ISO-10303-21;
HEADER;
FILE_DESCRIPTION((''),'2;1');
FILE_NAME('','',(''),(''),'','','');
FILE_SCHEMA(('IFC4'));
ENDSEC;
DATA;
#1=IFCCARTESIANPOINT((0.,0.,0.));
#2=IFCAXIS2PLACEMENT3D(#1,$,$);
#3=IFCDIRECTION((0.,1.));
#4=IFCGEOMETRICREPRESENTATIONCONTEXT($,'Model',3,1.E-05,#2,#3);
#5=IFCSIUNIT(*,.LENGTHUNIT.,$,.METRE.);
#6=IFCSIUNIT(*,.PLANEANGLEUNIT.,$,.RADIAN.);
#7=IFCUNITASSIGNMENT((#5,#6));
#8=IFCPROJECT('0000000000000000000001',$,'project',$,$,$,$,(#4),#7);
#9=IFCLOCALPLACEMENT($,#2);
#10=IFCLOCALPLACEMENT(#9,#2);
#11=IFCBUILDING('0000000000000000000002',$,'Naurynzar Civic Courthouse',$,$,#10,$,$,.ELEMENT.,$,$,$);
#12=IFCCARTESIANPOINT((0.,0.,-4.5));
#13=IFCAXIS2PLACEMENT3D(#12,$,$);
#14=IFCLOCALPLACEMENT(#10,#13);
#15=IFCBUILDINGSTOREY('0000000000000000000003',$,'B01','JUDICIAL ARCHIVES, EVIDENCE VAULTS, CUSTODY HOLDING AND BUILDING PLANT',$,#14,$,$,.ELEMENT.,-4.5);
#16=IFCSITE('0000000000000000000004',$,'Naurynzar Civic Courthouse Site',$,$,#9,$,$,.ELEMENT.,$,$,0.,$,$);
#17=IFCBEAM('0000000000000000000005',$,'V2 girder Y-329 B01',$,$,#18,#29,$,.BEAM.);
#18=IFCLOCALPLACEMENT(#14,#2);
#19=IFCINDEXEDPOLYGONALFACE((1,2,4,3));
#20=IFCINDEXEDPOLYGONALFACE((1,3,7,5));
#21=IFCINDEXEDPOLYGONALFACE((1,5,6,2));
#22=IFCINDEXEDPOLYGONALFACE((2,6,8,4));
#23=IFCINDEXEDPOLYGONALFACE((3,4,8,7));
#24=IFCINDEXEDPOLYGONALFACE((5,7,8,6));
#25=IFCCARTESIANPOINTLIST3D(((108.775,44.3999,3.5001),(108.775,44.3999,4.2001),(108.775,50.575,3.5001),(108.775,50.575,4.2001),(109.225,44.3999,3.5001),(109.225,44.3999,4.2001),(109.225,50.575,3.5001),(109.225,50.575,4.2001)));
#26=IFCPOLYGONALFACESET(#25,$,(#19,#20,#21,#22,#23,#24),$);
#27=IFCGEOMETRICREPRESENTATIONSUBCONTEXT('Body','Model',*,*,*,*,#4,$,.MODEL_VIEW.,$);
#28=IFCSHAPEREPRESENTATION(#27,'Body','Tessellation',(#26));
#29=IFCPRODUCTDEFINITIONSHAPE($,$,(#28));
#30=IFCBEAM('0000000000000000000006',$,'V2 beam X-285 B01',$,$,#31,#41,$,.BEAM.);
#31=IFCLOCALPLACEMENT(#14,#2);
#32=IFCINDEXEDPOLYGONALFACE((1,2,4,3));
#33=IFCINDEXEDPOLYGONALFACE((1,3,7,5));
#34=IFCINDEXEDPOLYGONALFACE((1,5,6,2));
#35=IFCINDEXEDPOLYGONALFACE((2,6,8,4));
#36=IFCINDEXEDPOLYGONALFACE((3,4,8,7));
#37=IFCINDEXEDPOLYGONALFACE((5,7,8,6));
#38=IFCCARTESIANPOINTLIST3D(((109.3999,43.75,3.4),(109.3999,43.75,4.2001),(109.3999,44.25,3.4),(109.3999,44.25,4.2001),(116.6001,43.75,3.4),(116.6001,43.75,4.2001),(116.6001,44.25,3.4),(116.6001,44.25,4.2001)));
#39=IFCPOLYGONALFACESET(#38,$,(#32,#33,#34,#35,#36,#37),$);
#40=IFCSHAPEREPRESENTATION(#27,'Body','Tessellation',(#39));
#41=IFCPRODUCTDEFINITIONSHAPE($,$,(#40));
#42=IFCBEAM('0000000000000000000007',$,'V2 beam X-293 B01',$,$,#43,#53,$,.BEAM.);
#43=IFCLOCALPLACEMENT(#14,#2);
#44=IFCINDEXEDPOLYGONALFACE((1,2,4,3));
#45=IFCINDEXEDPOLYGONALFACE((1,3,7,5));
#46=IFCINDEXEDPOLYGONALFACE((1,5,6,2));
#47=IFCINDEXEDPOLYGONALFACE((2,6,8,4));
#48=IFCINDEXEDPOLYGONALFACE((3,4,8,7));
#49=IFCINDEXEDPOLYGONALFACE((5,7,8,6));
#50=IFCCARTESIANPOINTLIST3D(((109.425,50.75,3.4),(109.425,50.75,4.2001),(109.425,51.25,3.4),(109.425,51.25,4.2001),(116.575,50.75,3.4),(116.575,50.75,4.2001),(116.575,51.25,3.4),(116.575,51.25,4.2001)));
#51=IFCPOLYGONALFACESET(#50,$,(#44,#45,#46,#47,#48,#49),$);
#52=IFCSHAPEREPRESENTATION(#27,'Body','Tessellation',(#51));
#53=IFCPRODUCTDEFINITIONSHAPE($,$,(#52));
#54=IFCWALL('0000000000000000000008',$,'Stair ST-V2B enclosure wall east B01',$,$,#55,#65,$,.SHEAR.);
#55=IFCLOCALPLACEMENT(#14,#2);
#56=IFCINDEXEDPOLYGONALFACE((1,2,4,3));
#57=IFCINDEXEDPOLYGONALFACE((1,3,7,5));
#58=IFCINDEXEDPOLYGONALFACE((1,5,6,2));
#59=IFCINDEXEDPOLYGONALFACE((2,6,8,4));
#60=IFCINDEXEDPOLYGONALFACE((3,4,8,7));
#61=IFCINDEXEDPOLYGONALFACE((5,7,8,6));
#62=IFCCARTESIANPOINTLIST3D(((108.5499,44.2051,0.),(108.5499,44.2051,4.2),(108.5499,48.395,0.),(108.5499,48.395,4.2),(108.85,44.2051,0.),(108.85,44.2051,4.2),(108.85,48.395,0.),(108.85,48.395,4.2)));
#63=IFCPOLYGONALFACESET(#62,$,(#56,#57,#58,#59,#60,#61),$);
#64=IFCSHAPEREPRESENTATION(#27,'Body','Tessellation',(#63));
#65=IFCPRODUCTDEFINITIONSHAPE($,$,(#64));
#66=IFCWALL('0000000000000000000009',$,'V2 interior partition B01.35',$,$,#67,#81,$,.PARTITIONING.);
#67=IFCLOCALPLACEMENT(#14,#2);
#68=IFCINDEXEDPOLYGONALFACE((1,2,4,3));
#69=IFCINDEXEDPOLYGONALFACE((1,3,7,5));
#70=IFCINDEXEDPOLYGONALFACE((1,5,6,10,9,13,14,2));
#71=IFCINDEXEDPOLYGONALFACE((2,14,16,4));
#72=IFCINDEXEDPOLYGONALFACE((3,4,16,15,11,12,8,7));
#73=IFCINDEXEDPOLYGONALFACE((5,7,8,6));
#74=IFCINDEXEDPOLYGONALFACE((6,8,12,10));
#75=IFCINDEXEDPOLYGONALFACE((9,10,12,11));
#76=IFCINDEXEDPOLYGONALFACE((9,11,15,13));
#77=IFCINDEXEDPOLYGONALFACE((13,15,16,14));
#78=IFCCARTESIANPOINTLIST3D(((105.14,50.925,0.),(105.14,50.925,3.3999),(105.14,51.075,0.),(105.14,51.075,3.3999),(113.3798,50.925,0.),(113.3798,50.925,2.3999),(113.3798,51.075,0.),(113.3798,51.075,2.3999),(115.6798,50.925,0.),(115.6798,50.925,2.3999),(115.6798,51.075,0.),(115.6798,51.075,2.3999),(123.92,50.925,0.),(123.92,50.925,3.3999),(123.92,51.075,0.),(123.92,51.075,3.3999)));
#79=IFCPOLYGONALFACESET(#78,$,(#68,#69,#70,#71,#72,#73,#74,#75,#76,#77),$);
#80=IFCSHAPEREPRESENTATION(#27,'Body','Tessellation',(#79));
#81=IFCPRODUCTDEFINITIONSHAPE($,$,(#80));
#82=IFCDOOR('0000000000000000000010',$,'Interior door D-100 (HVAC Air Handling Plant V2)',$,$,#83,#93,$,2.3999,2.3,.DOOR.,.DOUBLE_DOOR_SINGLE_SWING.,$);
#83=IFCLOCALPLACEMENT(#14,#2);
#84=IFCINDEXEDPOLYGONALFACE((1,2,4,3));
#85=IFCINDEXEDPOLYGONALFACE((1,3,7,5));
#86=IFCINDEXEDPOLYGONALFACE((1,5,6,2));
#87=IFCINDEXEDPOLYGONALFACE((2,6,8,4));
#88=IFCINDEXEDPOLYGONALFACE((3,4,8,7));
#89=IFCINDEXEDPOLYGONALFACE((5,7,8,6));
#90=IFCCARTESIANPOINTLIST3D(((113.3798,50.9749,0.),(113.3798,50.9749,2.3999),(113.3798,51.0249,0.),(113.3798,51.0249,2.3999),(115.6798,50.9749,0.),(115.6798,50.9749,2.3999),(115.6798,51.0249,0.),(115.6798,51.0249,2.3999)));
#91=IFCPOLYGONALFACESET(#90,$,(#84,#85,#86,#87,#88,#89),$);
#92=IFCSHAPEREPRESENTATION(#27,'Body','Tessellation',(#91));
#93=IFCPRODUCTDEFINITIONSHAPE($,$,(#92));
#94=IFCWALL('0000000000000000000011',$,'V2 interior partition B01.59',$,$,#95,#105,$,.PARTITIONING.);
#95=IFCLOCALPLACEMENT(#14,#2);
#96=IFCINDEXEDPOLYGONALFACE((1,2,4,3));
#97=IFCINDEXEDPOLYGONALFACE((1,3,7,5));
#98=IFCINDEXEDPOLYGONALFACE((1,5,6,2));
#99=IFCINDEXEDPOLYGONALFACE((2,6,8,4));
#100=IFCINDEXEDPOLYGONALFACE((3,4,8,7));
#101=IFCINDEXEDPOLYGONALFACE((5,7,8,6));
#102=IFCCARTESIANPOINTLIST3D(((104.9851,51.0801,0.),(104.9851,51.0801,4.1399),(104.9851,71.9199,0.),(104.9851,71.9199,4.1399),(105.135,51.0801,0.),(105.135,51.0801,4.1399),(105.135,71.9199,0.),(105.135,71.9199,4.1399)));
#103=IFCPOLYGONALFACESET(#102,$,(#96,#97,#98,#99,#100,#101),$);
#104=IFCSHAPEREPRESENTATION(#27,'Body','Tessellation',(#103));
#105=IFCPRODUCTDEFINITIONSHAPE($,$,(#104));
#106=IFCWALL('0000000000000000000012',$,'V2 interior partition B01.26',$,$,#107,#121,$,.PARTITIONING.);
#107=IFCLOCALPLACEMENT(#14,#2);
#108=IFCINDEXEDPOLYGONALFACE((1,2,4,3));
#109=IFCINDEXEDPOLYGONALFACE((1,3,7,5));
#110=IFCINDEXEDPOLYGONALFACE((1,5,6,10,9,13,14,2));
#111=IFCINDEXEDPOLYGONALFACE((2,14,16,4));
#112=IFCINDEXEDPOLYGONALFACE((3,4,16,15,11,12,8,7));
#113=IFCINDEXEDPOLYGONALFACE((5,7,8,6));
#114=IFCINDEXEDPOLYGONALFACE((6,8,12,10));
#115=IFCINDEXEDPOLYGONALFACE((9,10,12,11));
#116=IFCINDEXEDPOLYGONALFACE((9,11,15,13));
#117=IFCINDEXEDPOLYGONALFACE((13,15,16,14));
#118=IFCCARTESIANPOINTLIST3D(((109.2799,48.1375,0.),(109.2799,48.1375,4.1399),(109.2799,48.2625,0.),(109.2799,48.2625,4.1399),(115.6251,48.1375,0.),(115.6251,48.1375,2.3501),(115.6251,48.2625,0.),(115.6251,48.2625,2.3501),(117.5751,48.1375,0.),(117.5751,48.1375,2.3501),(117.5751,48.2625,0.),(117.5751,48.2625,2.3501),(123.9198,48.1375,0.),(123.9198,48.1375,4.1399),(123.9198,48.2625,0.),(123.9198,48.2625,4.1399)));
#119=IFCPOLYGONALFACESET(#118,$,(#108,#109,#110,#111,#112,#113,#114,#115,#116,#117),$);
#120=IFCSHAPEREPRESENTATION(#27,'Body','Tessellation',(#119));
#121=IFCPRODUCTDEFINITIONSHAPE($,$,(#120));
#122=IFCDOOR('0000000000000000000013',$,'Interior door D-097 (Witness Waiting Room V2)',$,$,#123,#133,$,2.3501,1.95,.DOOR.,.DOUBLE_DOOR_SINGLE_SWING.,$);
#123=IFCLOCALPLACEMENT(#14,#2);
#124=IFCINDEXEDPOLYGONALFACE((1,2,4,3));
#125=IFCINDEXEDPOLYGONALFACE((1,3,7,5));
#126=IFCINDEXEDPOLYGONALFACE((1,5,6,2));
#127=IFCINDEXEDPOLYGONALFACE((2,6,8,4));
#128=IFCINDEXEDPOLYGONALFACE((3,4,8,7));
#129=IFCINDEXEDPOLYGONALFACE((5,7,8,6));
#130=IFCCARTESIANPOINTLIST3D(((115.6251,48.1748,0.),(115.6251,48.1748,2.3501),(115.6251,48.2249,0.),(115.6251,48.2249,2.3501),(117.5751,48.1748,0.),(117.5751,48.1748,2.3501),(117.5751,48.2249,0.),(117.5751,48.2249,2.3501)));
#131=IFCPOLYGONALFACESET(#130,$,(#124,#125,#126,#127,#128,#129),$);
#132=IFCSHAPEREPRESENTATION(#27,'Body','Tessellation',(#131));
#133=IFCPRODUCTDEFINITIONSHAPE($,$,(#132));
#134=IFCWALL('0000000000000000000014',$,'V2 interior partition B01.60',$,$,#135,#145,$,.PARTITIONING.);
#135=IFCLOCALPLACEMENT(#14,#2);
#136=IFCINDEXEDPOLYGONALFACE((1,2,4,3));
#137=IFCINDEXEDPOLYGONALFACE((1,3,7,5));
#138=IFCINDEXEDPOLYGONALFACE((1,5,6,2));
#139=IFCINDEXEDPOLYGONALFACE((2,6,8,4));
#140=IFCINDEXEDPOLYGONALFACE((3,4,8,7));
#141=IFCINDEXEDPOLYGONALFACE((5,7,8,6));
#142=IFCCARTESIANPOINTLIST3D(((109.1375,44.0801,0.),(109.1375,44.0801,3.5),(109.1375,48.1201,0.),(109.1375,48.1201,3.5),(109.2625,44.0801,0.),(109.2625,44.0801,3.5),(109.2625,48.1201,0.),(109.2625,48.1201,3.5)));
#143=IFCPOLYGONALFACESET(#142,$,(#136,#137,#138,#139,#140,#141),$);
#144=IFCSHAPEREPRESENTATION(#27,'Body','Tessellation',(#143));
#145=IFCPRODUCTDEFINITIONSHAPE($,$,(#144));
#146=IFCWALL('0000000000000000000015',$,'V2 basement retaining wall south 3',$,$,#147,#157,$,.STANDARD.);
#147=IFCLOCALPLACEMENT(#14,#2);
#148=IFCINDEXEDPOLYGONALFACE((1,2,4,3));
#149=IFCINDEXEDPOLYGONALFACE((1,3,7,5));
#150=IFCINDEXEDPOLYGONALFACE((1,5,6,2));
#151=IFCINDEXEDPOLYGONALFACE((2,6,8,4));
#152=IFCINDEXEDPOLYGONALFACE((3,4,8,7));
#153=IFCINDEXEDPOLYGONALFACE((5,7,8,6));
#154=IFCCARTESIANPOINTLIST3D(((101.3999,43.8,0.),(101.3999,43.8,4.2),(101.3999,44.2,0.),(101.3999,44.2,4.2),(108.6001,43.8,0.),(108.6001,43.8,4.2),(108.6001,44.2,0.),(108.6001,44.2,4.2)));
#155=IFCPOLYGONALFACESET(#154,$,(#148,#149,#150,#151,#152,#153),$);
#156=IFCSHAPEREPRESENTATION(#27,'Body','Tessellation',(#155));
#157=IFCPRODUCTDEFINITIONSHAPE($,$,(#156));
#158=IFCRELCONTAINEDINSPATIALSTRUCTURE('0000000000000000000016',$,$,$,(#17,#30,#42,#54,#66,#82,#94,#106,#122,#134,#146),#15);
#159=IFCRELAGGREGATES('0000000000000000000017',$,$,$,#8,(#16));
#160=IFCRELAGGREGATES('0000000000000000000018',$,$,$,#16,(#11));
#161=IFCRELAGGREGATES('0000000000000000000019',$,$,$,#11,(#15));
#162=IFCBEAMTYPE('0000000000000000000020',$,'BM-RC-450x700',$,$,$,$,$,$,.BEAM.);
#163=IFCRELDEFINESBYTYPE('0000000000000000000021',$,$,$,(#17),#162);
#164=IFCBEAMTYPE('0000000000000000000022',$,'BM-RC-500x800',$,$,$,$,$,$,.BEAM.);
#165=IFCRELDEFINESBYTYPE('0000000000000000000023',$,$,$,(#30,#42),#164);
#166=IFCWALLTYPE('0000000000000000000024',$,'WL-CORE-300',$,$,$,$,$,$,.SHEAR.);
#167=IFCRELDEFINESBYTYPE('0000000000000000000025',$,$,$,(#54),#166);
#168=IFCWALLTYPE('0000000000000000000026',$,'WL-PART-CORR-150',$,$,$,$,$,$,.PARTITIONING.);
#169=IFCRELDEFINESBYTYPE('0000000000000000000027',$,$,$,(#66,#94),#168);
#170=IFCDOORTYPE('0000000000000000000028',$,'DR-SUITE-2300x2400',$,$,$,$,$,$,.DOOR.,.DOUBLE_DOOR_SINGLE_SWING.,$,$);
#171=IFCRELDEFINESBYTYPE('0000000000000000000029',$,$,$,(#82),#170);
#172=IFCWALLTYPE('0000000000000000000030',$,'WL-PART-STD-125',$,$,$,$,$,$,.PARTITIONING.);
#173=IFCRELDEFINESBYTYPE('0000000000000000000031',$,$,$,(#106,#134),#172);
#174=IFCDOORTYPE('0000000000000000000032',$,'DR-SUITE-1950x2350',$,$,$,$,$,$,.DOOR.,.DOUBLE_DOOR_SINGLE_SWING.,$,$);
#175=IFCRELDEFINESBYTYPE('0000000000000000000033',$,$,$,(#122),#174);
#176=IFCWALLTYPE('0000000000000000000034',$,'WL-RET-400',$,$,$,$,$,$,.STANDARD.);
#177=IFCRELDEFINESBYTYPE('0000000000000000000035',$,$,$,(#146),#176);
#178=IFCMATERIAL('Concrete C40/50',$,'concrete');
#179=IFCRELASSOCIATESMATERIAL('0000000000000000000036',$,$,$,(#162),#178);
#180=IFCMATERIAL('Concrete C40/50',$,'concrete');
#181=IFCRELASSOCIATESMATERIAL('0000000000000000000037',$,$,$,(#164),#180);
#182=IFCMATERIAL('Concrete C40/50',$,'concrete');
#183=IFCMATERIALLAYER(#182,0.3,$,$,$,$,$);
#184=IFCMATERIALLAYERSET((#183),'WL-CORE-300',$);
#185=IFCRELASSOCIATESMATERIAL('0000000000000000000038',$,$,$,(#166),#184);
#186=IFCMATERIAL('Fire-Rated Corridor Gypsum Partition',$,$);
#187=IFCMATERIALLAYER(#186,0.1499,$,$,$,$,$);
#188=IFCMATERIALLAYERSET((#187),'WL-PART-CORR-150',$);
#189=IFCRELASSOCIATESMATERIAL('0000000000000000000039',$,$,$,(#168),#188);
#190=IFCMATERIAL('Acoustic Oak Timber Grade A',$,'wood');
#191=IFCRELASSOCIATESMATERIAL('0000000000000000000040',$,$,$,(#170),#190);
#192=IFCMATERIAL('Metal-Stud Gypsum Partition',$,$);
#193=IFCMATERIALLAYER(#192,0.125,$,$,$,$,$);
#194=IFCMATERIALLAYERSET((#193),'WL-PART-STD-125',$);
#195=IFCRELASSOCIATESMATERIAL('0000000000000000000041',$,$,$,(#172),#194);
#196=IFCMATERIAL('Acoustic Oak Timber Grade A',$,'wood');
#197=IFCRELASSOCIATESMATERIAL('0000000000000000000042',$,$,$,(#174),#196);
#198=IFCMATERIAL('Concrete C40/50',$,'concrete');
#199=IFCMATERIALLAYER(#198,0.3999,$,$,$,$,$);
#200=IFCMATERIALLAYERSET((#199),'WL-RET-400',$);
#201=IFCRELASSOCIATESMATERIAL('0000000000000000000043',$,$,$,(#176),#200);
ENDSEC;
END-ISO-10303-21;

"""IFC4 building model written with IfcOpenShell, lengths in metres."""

from ifc_helpers import new_model, si_unit, direction, frame, frame_2d, origin, origin_2d, place, context, subcontext, project, spatial, rectangle, extrude, material, layer, layer_set, material_profile, profile_set, type_object, element, fill, save


model = new_model("IFC4")

# Units and contexts
model_context = context("Model", 3, precision=1e-05, world=origin(), true_north=direction((0.0, 1.0)))
body_context = subcontext(model_context, "Body", "Model", "MODEL_VIEW")
ifc_project = project(units=[si_unit("LENGTHUNIT", "METRE"), si_unit("PLANEANGLEUNIT", "RADIAN")], contexts=[model_context])

# Site, building, storey
site_placement = place(None, origin())
site = spatial("IfcSite", under=ifc_project, at=site_placement, Name="Naurynzar Civic Courthouse Site", CompositionType="ELEMENT", RefElevation=0.0)
building_placement = place(site_placement, origin())
building = spatial("IfcBuilding", under=site, at=building_placement, Name="Naurynzar Civic Courthouse", CompositionType="ELEMENT")
storey_placement = place(building_placement, frame((0.0, 0.0, -4.5)))
storey = spatial("IfcBuildingStorey", under=building, at=storey_placement, Name="B01", Description="JUDICIAL ARCHIVES, EVIDENCE VAULTS, CUSTODY HOLDING AND BUILDING PLANT", CompositionType="ELEMENT", Elevation=-4.5)

# Beams
ifc_material_1 = material(Name="Concrete C40/50", Category="concrete")
ifc_material_profile_1 = material_profile(ifc_material_1, rectangle(XDim=0.45, YDim=0.7, at=origin_2d()), Name="RCB 450x700")
ifc_profile_set_1 = profile_set([ifc_material_profile_1], Name="Concrete C40/50")
beam_type_1 = type_object("IfcBeamType", Name="BM-RC-450x700", PredefinedType="BEAM", material=ifc_profile_set_1)
beam_1_placement = place(storey_placement, frame((109.0, 44.3999, 3.8501), z_axis=(0.0, 1.0, 0.0), x_axis=(-1.0, 0.0, 0.0)))
element("IfcBeam", 1, at=beam_1_placement, inside=storey, type_object=beam_type_1, Name="V2 girder Y-329 B01", PredefinedType="BEAM", context=body_context, shape_type="SweptSolid", body=[
    extrude(rectangle(XDim=0.45, YDim=0.7, at=origin_2d()), origin(), (0.0, 0.0, 1.0), 6.175),
])
ifc_material_2 = material(Name="Concrete C40/50", Category="concrete")
ifc_material_profile_2 = material_profile(ifc_material_2, rectangle(XDim=0.5, YDim=0.8, at=origin_2d()), Name="RCB 500x800")
ifc_profile_set_2 = profile_set([ifc_material_profile_2], Name="Concrete C40/50")
beam_type_2 = type_object("IfcBeamType", Name="BM-RC-500x800", PredefinedType="BEAM", material=ifc_profile_set_2)
beam_2_placement = place(storey_placement, frame((109.3999, 44.0, 3.8), z_axis=(1.0, 0.0, 0.0), x_axis=(0.0, 1.0, 0.0)))
element("IfcBeam", 2, at=beam_2_placement, inside=storey, type_object=beam_type_2, Name="V2 beam X-285 B01", PredefinedType="BEAM", context=body_context, shape_type="SweptSolid", body=[
    extrude(rectangle(XDim=0.5, YDim=0.8, at=origin_2d()), origin(), (0.0, 0.0, 1.0), 7.2002),
])
beam_3_placement = place(storey_placement, frame((109.425, 51.0, 3.8), z_axis=(1.0, 0.0, 0.0), x_axis=(0.0, 1.0, 0.0)))
element("IfcBeam", 3, at=beam_3_placement, inside=storey, type_object=beam_type_2, Name="V2 beam X-293 B01", PredefinedType="BEAM", context=body_context, shape_type="SweptSolid", body=[
    extrude(rectangle(XDim=0.5, YDim=0.8, at=origin_2d()), origin(), (0.0, 0.0, 1.0), 7.1499),
])

# Shared definitions
ifc_material_3 = material(Name="Concrete C40/50", Category="concrete")
ifc_layer_1 = layer(ifc_material_3, 0.3)
ifc_layer_set_1 = layer_set([ifc_layer_1], Name="WL-CORE-300")
wall_type_1 = type_object("IfcWallType", Name="WL-CORE-300", PredefinedType="SHEAR", material=ifc_layer_set_1)

# Wall
wall_1_placement = place(storey_placement, frame((108.7, 44.2051, 0.0), z_axis=(0.0, 0.0, 1.0), x_axis=(0.0, 1.0, 0.0)))
element("IfcWall", 4, at=wall_1_placement, inside=storey, type_object=wall_type_1, Name="Stair ST-V2B enclosure wall east B01", PredefinedType="SHEAR", context=body_context, shape_type="SweptSolid", body=[
    extrude(rectangle(XDim=4.1899, YDim=0.3, at=frame_2d((2.095, 0.0))), origin(), (0.0, 0.0, 1.0), 4.2),
])

# Wall, opening, door
ifc_material_4 = material(Name="Fire-Rated Corridor Gypsum Partition")
ifc_layer_2 = layer(ifc_material_4, 0.1499)
ifc_layer_set_2 = layer_set([ifc_layer_2], Name="WL-PART-CORR-150")
wall_type_2 = type_object("IfcWallType", Name="WL-PART-CORR-150", PredefinedType="PARTITIONING", material=ifc_layer_set_2)
wall_2_placement = place(storey_placement, frame((105.1399, 51.0, 0.0), z_axis=(0.0, 0.0, 1.0), x_axis=(1.0, 0.0, 0.0)))
wall_2 = element("IfcWall", 5, at=wall_2_placement, inside=storey, type_object=wall_type_2, Name="V2 interior partition B01.35", PredefinedType="PARTITIONING", context=body_context, shape_type="SweptSolid", body=[
    extrude(rectangle(XDim=18.78, YDim=0.1499, at=frame_2d((9.3901, 0.0))), origin(), (0.0, 0.0, 1.0), 3.3999),
])
opening_1_placement = place(wall_2_placement, frame((8.24, 0.0, 0.0)))
opening_1 = element("IfcOpeningElement", 6, at=opening_1_placement, cuts=wall_2, PredefinedType="OPENING", context=body_context, shape_type="SweptSolid", body=[
    extrude(rectangle(XDim=2.3, YDim=2.3999, at=frame_2d((1.1499, 1.2))), frame((0.0, 0.085, 0.0), z_axis=(0.0, -1.0, 0.0), x_axis=(1.0, 0.0, 0.0)), (0.0, 0.0, 1.0), 0.1699),
])
ifc_material_5 = material(Name="Acoustic Oak Timber Grade A", Category="wood")
door_type_1 = type_object("IfcDoorType", Name="DR-SUITE-2300x2400", OperationType="DOUBLE_DOOR_SINGLE_SWING", PredefinedType="DOOR", material=ifc_material_5)
door_1_placement = place(opening_1_placement, origin())
door_1 = element("IfcDoor", 7, at=door_1_placement, inside=storey, type_object=door_type_1, Name="Interior door D-100 (HVAC Air Handling Plant V2)", OperationType="DOUBLE_DOOR_SINGLE_SWING", OverallHeight=2.3999, OverallWidth=2.3, PredefinedType="DOOR", context=body_context, shape_type="SweptSolid", body=[
    extrude(rectangle(XDim=2.3, YDim=2.3999, at=frame_2d((1.1499, 1.2))), frame((0.0, 0.0249, 0.0), z_axis=(0.0, -1.0, 0.0), x_axis=(1.0, 0.0, 0.0)), (0.0, 0.0, 1.0), 0.05),
])
fill(opening_1, door_1)

# Wall
wall_3_placement = place(storey_placement, frame((105.0601, 51.0801, 0.0), z_axis=(0.0, 0.0, 1.0), x_axis=(0.0, 1.0, 0.0)))
element("IfcWall", 8, at=wall_3_placement, inside=storey, type_object=wall_type_2, Name="V2 interior partition B01.59", PredefinedType="PARTITIONING", context=body_context, shape_type="SweptSolid", body=[
    extrude(rectangle(XDim=20.8398, YDim=0.1499, at=frame_2d((10.4199, 0.0))), origin(), (0.0, 0.0, 1.0), 4.1399),
])

# Wall, opening, door
ifc_material_6 = material(Name="Metal-Stud Gypsum Partition")
ifc_layer_3 = layer(ifc_material_6, 0.125)
ifc_layer_set_3 = layer_set([ifc_layer_3], Name="WL-PART-STD-125")
wall_type_3 = type_object("IfcWallType", Name="WL-PART-STD-125", PredefinedType="PARTITIONING", material=ifc_layer_set_3)
wall_4_placement = place(storey_placement, frame((109.28, 48.2, 0.0), z_axis=(0.0, 0.0, 1.0), x_axis=(1.0, 0.0, 0.0)))
wall_4 = element("IfcWall", 9, at=wall_4_placement, inside=storey, type_object=wall_type_3, Name="V2 interior partition B01.26", PredefinedType="PARTITIONING", context=body_context, shape_type="SweptSolid", body=[
    extrude(rectangle(XDim=14.6399, YDim=0.125, at=frame_2d((7.3198, 0.0))), origin(), (0.0, 0.0, 1.0), 4.1399),
])
opening_2_placement = place(wall_4_placement, frame((6.345, 0.0, 0.0)))
opening_2 = element("IfcOpeningElement", 10, at=opening_2_placement, cuts=wall_4, PredefinedType="OPENING", context=body_context, shape_type="SweptSolid", body=[
    extrude(rectangle(XDim=1.95, YDim=2.3501, at=frame_2d((0.9751, 1.175))), frame((0.0, 0.0725, 0.0), z_axis=(0.0, -1.0, 0.0), x_axis=(1.0, 0.0, 0.0)), (0.0, 0.0, 1.0), 0.145),
])
ifc_material_7 = material(Name="Acoustic Oak Timber Grade A", Category="wood")
door_type_2 = type_object("IfcDoorType", Name="DR-SUITE-1950x2350", OperationType="DOUBLE_DOOR_SINGLE_SWING", PredefinedType="DOOR", material=ifc_material_7)
door_2_placement = place(opening_2_placement, origin())
door_2 = element("IfcDoor", 11, at=door_2_placement, inside=storey, type_object=door_type_2, Name="Interior door D-097 (Witness Waiting Room V2)", OperationType="DOUBLE_DOOR_SINGLE_SWING", OverallHeight=2.3501, OverallWidth=1.95, PredefinedType="DOOR", context=body_context, shape_type="SweptSolid", body=[
    extrude(rectangle(XDim=1.95, YDim=2.3501, at=frame_2d((0.9751, 1.175))), frame((0.0, 0.0249, 0.0), z_axis=(0.0, -1.0, 0.0), x_axis=(1.0, 0.0, 0.0)), (0.0, 0.0, 1.0), 0.05),
])
fill(opening_2, door_2)

# Walls
wall_5_placement = place(storey_placement, frame((109.2, 44.0801, 0.0), z_axis=(0.0, 0.0, 1.0), x_axis=(0.0, 1.0, 0.0)))
element("IfcWall", 12, at=wall_5_placement, inside=storey, type_object=wall_type_3, Name="V2 interior partition B01.60", PredefinedType="PARTITIONING", context=body_context, shape_type="SweptSolid", body=[
    extrude(rectangle(XDim=4.04, YDim=0.125, at=frame_2d((2.02, 0.0))), origin(), (0.0, 0.0, 1.0), 3.5),
])
ifc_material_8 = material(Name="Concrete C40/50", Category="concrete")
ifc_layer_4 = layer(ifc_material_8, 0.3999)
ifc_layer_set_4 = layer_set([ifc_layer_4], Name="WL-RET-400")
wall_type_4 = type_object("IfcWallType", Name="WL-RET-400", PredefinedType="STANDARD", material=ifc_layer_set_4)
wall_6_placement = place(storey_placement, frame((108.6001, 44.0, 0.0), z_axis=(0.0, 0.0, 1.0), x_axis=(-1.0, 0.0, 0.0)))
element("IfcWall", 13, at=wall_6_placement, inside=storey, type_object=wall_type_4, Name="V2 basement retaining wall south 3", PredefinedType="STANDARD", context=body_context, shape_type="SweptSolid", body=[
    extrude(rectangle(XDim=7.2002, YDim=0.3999, at=frame_2d((3.6001, 0.0))), origin(), (0.0, 0.0, 1.0), 4.2),
])

save(model, "model.ifc")
